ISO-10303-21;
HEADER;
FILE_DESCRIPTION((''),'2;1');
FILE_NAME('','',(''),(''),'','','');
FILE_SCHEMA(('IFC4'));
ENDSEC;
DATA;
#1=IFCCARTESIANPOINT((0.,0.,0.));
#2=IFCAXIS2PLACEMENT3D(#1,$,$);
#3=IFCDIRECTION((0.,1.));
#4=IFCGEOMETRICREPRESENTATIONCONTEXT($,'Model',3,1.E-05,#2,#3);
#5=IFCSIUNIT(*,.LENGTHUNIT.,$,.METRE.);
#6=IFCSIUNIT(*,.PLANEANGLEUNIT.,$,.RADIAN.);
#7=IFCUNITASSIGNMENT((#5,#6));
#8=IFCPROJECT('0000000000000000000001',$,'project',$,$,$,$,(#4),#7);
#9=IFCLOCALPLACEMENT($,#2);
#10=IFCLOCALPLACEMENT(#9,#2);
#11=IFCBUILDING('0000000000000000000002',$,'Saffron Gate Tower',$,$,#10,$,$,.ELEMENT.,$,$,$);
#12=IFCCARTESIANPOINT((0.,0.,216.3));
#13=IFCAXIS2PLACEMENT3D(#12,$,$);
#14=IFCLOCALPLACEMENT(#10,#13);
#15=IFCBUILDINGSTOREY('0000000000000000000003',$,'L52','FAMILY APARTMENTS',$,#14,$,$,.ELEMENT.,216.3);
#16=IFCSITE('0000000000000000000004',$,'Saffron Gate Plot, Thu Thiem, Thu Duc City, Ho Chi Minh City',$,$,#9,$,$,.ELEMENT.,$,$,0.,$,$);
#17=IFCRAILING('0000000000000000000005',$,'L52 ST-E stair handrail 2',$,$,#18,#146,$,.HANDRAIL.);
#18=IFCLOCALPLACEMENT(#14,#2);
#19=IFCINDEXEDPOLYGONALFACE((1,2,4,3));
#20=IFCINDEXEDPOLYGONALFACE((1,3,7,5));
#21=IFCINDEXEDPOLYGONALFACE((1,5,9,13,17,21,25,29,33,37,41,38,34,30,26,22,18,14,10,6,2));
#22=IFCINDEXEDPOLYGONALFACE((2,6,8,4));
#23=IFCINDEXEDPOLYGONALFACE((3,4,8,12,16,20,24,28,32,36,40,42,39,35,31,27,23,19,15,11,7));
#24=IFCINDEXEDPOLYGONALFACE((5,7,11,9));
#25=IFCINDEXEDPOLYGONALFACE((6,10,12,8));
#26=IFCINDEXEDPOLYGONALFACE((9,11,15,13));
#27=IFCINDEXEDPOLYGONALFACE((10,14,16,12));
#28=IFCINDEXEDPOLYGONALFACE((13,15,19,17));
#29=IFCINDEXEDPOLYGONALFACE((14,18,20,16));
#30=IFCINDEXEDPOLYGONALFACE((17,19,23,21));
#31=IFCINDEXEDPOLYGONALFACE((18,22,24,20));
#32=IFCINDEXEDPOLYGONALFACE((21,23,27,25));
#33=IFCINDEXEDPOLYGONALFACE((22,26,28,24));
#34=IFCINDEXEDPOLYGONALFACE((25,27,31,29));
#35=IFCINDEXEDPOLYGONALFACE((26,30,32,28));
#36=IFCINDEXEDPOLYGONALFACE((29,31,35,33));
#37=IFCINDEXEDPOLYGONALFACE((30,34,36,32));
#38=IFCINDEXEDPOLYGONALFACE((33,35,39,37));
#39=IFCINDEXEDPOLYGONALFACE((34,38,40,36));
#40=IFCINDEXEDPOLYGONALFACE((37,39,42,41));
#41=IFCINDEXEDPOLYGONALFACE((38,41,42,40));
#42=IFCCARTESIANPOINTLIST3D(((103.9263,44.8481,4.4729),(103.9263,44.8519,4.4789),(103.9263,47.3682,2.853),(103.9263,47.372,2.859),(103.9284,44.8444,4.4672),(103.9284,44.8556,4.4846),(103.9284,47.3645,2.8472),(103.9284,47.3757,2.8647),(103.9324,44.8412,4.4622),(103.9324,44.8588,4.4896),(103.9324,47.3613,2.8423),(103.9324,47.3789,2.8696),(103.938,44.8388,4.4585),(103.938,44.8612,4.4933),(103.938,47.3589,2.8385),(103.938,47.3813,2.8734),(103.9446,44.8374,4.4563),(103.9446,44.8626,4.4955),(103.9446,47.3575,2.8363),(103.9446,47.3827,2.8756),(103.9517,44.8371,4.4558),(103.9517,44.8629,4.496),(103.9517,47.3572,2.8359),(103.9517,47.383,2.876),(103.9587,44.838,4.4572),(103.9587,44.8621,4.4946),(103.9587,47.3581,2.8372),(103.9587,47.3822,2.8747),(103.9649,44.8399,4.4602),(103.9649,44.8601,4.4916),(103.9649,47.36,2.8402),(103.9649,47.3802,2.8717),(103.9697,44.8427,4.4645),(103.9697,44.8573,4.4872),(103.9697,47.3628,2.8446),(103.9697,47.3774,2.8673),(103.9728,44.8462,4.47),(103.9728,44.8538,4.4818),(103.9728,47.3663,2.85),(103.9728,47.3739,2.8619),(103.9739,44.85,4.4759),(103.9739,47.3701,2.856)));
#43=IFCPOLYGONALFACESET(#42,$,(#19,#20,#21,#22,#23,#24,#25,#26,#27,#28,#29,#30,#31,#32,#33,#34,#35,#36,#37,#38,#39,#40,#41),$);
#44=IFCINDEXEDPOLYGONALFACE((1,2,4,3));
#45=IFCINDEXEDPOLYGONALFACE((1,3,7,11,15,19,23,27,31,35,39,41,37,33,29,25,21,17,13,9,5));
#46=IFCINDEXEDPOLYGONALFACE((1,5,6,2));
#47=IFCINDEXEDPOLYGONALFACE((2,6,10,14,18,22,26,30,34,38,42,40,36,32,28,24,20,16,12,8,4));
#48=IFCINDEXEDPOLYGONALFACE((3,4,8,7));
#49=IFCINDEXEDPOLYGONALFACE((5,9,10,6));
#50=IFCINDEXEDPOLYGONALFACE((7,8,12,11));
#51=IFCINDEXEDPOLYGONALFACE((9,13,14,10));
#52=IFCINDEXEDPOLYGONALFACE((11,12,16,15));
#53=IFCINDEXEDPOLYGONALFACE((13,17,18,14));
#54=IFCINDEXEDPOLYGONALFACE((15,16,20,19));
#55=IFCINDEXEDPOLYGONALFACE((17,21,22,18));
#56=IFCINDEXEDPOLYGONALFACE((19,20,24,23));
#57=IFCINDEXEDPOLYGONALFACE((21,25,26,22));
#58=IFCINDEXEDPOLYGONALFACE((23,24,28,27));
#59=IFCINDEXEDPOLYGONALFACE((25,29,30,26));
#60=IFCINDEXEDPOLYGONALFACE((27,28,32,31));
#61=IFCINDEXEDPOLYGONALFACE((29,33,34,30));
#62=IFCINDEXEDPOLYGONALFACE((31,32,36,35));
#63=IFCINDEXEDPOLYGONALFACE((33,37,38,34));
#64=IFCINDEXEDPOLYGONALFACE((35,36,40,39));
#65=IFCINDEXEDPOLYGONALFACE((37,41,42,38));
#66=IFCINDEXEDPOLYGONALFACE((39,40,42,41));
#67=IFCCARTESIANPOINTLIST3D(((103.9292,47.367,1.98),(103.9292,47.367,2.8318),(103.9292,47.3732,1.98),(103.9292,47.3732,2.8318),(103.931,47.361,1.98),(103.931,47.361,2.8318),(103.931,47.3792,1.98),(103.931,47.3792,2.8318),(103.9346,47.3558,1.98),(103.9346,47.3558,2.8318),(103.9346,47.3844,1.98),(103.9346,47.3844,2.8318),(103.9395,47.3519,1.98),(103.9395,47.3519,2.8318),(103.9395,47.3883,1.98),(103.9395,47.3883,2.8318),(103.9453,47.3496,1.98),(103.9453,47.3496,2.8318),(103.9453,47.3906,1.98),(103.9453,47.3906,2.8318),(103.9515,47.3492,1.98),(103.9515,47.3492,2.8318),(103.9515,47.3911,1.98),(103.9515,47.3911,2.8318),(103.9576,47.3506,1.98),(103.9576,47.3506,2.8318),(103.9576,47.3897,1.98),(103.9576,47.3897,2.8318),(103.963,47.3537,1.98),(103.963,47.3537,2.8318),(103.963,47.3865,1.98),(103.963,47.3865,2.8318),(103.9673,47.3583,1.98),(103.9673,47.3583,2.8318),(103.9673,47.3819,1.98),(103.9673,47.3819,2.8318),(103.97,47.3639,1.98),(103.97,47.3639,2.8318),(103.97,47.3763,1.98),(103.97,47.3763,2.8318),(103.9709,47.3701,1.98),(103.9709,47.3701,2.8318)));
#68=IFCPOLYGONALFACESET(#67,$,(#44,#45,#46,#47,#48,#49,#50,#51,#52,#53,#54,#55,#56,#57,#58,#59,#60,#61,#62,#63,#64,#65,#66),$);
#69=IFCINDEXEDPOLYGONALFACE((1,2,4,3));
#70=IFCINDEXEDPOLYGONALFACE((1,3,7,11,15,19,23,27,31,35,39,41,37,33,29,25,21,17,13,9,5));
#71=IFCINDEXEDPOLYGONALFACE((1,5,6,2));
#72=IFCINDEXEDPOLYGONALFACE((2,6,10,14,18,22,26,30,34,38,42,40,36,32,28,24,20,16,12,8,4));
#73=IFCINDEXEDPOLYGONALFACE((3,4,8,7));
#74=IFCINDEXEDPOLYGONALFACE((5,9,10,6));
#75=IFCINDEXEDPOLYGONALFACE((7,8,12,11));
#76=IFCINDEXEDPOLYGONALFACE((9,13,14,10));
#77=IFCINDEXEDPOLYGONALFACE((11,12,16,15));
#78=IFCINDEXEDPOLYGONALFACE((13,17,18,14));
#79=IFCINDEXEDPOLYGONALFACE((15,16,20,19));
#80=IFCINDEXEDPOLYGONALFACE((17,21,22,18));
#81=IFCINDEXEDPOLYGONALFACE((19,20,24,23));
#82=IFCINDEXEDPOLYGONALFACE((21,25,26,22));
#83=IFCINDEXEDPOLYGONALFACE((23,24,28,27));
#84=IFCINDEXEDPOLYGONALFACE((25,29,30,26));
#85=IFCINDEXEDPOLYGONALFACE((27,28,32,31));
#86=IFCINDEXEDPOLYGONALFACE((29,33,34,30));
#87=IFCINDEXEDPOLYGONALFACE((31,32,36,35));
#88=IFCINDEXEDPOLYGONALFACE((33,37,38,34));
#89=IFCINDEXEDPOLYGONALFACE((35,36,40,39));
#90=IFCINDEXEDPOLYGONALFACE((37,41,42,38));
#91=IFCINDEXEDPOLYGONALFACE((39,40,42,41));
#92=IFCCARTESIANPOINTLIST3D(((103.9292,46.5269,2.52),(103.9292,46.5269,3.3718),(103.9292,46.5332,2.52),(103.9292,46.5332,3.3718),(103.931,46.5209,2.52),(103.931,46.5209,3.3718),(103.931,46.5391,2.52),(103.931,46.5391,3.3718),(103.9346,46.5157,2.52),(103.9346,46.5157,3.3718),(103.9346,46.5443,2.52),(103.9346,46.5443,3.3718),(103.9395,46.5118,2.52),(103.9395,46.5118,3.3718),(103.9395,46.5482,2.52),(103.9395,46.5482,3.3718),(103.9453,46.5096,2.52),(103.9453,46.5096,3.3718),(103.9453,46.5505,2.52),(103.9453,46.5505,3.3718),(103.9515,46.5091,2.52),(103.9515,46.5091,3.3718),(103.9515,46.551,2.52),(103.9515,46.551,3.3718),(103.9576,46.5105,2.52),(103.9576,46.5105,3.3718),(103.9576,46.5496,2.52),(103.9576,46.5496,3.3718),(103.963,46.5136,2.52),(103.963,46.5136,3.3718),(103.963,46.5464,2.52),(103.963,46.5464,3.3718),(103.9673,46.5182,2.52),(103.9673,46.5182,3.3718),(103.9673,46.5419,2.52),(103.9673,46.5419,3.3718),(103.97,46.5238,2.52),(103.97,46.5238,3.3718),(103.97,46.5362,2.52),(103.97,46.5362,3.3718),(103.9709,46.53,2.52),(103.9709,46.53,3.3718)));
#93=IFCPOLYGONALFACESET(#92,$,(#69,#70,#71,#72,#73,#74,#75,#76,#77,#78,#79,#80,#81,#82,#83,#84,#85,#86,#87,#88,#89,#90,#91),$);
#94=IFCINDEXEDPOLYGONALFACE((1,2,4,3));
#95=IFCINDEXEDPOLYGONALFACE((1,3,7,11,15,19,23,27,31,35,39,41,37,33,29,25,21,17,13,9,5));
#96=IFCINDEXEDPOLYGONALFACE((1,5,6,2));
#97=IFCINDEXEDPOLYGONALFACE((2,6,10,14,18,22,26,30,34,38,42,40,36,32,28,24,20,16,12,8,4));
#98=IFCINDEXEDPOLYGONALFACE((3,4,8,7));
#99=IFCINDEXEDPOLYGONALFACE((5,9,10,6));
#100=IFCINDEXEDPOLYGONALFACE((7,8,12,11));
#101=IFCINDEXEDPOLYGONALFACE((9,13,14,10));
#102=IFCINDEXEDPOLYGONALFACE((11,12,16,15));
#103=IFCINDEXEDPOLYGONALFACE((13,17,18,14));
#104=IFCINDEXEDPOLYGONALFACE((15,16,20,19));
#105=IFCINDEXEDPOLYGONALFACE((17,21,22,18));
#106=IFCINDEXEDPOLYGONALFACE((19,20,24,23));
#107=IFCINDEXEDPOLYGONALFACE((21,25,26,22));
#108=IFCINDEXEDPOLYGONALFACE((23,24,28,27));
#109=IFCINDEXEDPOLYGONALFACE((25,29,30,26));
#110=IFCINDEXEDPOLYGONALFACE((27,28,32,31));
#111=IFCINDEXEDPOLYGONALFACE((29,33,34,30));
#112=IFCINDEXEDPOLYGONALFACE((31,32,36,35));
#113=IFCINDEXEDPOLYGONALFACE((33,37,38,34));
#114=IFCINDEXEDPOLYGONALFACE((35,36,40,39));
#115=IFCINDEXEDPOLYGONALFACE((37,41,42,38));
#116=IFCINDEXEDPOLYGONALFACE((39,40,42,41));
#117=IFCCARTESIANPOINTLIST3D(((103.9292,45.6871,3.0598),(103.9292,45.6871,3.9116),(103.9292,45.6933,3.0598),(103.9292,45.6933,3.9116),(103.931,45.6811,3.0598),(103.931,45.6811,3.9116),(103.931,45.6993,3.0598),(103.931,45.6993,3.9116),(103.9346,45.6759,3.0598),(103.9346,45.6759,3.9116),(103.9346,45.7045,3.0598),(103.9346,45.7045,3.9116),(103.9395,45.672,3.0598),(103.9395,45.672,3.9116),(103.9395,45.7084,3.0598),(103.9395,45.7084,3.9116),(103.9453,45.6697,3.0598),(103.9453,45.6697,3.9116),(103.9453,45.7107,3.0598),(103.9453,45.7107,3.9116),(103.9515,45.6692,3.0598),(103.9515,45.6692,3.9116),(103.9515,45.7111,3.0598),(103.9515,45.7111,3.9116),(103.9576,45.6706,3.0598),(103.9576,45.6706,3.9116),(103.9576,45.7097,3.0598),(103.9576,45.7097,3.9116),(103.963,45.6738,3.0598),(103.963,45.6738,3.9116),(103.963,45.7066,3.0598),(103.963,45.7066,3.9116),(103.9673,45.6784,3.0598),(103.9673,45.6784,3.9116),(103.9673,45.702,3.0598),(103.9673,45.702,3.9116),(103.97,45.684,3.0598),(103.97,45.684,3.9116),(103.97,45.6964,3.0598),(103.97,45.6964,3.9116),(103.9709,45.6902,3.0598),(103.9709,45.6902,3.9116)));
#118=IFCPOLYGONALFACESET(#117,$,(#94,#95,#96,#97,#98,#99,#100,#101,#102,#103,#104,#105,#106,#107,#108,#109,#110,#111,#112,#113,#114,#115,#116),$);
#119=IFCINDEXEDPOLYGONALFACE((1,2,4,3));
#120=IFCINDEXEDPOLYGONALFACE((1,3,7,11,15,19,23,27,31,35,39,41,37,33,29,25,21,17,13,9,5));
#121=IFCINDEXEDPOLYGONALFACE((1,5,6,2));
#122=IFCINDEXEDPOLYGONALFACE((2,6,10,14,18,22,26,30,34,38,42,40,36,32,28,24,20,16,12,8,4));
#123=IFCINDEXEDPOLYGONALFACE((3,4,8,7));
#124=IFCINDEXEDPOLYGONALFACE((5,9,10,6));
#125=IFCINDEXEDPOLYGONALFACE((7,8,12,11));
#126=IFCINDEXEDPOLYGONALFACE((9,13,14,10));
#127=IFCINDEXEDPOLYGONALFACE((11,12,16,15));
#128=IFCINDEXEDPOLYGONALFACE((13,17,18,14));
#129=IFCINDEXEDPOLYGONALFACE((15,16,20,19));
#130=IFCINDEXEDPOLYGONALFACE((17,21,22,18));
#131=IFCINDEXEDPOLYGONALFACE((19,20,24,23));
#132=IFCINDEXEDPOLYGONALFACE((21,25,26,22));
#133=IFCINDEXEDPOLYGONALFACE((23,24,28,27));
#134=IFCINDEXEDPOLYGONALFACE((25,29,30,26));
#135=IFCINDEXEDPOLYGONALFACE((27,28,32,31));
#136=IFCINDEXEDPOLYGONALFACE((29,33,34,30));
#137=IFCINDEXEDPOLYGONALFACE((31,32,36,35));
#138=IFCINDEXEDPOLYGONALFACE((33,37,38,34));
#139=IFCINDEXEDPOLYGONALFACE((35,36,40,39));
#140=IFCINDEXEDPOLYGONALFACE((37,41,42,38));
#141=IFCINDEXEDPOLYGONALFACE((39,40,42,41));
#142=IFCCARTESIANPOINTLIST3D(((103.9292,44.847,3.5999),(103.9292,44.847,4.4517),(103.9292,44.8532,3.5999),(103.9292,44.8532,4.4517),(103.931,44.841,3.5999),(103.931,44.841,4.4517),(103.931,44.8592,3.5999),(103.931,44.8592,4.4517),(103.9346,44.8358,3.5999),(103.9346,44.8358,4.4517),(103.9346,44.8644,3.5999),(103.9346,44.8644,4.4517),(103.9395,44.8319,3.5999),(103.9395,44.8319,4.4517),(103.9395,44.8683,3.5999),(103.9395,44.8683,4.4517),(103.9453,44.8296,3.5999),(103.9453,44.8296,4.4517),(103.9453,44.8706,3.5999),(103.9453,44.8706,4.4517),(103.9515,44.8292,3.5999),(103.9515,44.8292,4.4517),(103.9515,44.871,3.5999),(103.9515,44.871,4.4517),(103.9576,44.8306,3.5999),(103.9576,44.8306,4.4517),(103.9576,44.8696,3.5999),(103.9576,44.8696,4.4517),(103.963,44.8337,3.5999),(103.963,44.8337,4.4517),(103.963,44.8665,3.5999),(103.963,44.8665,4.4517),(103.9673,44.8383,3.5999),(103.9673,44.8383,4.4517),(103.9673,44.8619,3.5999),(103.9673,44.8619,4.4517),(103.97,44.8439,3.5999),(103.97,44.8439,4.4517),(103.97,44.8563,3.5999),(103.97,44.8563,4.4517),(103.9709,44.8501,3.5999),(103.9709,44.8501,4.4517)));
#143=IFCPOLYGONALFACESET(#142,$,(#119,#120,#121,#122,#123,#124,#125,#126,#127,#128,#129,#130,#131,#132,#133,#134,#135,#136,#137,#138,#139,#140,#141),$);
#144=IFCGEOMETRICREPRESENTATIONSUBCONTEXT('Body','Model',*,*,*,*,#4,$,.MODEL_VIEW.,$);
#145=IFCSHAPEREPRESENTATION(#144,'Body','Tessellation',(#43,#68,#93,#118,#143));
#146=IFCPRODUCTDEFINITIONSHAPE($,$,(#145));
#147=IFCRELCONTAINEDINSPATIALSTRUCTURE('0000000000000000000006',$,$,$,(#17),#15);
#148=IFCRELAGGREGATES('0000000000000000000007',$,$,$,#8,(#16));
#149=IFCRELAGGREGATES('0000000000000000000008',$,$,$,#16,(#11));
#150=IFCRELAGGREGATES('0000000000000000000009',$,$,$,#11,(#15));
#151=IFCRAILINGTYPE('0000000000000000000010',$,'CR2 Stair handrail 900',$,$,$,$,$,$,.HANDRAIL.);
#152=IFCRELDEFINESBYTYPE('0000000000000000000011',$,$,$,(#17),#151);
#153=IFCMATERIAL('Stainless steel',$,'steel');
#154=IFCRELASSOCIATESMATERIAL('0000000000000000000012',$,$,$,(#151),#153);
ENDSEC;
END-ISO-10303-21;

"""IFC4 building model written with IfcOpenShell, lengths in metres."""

from ifc_helpers import new_model, si_unit, direction, frame, origin, origin_2d, place, context, subcontext, project, spatial, circle, extrude, material, type_object, element, save


model = new_model("IFC4")

# Units and contexts
model_context = context("Model", 3, precision=1e-05, world=origin(), true_north=direction((0.0, 1.0)))
body_context = subcontext(model_context, "Body", "Model", "MODEL_VIEW")
ifc_project = project(units=[si_unit("LENGTHUNIT", "METRE"), si_unit("PLANEANGLEUNIT", "RADIAN")], contexts=[model_context])

# Site, building, storey
site_placement = place(None, origin())
site = spatial("IfcSite", under=ifc_project, at=site_placement, Name="Saffron Gate Plot, Thu Thiem, Thu Duc City, Ho Chi Minh City", CompositionType="ELEMENT", RefElevation=0.0)
building_placement = place(site_placement, origin())
building = spatial("IfcBuilding", under=site, at=building_placement, Name="Saffron Gate Tower", CompositionType="ELEMENT")
storey_placement = place(building_placement, frame((0.0, 0.0, 216.3)))
storey = spatial("IfcBuildingStorey", under=building, at=storey_placement, Name="L52", Description="FAMILY APARTMENTS", CompositionType="ELEMENT", Elevation=216.3)

# Railing
ifc_material_1 = material(Name="Stainless steel", Category="steel")
railing_type_1 = type_object("IfcRailingType", Name="CR2 Stair handrail 900", PredefinedType="HANDRAIL", material=ifc_material_1)
railing_1_placement = place(storey_placement, frame((103.95, 47.3701, 1.98)))
element("IfcRailing", 1, at=railing_1_placement, inside=storey, type_object=railing_type_1, Name="L52 ST-E stair handrail 2", PredefinedType="HANDRAIL", context=body_context, shape_type="SweptSolid", body=[
    extrude(circle(Radius=0.0239, at=origin_2d()), frame((0.0, 0.0, 0.876), z_axis=(0.0, -0.8412, 0.540725), x_axis=(1.0, 0.0, 0.0)), (0.0, 0.0, 1.0), 2.9958),
    extrude(circle(Radius=0.021, at=origin_2d()), origin(), (0.0, 0.0, 1.0), 0.8518),
    extrude(circle(Radius=0.021, at=origin_2d()), frame((0.0, -0.8401, 0.54)), (0.0, 0.0, 1.0), 0.8518),
    extrude(circle(Radius=0.021, at=origin_2d()), frame((0.0, -1.6799, 1.0798)), (0.0, 0.0, 1.0), 0.8518),
    extrude(circle(Radius=0.021, at=origin_2d()), frame((0.0, -2.52, 1.6199)), (0.0, 0.0, 1.0), 0.8518),
])

save(model, "model.ifc")
